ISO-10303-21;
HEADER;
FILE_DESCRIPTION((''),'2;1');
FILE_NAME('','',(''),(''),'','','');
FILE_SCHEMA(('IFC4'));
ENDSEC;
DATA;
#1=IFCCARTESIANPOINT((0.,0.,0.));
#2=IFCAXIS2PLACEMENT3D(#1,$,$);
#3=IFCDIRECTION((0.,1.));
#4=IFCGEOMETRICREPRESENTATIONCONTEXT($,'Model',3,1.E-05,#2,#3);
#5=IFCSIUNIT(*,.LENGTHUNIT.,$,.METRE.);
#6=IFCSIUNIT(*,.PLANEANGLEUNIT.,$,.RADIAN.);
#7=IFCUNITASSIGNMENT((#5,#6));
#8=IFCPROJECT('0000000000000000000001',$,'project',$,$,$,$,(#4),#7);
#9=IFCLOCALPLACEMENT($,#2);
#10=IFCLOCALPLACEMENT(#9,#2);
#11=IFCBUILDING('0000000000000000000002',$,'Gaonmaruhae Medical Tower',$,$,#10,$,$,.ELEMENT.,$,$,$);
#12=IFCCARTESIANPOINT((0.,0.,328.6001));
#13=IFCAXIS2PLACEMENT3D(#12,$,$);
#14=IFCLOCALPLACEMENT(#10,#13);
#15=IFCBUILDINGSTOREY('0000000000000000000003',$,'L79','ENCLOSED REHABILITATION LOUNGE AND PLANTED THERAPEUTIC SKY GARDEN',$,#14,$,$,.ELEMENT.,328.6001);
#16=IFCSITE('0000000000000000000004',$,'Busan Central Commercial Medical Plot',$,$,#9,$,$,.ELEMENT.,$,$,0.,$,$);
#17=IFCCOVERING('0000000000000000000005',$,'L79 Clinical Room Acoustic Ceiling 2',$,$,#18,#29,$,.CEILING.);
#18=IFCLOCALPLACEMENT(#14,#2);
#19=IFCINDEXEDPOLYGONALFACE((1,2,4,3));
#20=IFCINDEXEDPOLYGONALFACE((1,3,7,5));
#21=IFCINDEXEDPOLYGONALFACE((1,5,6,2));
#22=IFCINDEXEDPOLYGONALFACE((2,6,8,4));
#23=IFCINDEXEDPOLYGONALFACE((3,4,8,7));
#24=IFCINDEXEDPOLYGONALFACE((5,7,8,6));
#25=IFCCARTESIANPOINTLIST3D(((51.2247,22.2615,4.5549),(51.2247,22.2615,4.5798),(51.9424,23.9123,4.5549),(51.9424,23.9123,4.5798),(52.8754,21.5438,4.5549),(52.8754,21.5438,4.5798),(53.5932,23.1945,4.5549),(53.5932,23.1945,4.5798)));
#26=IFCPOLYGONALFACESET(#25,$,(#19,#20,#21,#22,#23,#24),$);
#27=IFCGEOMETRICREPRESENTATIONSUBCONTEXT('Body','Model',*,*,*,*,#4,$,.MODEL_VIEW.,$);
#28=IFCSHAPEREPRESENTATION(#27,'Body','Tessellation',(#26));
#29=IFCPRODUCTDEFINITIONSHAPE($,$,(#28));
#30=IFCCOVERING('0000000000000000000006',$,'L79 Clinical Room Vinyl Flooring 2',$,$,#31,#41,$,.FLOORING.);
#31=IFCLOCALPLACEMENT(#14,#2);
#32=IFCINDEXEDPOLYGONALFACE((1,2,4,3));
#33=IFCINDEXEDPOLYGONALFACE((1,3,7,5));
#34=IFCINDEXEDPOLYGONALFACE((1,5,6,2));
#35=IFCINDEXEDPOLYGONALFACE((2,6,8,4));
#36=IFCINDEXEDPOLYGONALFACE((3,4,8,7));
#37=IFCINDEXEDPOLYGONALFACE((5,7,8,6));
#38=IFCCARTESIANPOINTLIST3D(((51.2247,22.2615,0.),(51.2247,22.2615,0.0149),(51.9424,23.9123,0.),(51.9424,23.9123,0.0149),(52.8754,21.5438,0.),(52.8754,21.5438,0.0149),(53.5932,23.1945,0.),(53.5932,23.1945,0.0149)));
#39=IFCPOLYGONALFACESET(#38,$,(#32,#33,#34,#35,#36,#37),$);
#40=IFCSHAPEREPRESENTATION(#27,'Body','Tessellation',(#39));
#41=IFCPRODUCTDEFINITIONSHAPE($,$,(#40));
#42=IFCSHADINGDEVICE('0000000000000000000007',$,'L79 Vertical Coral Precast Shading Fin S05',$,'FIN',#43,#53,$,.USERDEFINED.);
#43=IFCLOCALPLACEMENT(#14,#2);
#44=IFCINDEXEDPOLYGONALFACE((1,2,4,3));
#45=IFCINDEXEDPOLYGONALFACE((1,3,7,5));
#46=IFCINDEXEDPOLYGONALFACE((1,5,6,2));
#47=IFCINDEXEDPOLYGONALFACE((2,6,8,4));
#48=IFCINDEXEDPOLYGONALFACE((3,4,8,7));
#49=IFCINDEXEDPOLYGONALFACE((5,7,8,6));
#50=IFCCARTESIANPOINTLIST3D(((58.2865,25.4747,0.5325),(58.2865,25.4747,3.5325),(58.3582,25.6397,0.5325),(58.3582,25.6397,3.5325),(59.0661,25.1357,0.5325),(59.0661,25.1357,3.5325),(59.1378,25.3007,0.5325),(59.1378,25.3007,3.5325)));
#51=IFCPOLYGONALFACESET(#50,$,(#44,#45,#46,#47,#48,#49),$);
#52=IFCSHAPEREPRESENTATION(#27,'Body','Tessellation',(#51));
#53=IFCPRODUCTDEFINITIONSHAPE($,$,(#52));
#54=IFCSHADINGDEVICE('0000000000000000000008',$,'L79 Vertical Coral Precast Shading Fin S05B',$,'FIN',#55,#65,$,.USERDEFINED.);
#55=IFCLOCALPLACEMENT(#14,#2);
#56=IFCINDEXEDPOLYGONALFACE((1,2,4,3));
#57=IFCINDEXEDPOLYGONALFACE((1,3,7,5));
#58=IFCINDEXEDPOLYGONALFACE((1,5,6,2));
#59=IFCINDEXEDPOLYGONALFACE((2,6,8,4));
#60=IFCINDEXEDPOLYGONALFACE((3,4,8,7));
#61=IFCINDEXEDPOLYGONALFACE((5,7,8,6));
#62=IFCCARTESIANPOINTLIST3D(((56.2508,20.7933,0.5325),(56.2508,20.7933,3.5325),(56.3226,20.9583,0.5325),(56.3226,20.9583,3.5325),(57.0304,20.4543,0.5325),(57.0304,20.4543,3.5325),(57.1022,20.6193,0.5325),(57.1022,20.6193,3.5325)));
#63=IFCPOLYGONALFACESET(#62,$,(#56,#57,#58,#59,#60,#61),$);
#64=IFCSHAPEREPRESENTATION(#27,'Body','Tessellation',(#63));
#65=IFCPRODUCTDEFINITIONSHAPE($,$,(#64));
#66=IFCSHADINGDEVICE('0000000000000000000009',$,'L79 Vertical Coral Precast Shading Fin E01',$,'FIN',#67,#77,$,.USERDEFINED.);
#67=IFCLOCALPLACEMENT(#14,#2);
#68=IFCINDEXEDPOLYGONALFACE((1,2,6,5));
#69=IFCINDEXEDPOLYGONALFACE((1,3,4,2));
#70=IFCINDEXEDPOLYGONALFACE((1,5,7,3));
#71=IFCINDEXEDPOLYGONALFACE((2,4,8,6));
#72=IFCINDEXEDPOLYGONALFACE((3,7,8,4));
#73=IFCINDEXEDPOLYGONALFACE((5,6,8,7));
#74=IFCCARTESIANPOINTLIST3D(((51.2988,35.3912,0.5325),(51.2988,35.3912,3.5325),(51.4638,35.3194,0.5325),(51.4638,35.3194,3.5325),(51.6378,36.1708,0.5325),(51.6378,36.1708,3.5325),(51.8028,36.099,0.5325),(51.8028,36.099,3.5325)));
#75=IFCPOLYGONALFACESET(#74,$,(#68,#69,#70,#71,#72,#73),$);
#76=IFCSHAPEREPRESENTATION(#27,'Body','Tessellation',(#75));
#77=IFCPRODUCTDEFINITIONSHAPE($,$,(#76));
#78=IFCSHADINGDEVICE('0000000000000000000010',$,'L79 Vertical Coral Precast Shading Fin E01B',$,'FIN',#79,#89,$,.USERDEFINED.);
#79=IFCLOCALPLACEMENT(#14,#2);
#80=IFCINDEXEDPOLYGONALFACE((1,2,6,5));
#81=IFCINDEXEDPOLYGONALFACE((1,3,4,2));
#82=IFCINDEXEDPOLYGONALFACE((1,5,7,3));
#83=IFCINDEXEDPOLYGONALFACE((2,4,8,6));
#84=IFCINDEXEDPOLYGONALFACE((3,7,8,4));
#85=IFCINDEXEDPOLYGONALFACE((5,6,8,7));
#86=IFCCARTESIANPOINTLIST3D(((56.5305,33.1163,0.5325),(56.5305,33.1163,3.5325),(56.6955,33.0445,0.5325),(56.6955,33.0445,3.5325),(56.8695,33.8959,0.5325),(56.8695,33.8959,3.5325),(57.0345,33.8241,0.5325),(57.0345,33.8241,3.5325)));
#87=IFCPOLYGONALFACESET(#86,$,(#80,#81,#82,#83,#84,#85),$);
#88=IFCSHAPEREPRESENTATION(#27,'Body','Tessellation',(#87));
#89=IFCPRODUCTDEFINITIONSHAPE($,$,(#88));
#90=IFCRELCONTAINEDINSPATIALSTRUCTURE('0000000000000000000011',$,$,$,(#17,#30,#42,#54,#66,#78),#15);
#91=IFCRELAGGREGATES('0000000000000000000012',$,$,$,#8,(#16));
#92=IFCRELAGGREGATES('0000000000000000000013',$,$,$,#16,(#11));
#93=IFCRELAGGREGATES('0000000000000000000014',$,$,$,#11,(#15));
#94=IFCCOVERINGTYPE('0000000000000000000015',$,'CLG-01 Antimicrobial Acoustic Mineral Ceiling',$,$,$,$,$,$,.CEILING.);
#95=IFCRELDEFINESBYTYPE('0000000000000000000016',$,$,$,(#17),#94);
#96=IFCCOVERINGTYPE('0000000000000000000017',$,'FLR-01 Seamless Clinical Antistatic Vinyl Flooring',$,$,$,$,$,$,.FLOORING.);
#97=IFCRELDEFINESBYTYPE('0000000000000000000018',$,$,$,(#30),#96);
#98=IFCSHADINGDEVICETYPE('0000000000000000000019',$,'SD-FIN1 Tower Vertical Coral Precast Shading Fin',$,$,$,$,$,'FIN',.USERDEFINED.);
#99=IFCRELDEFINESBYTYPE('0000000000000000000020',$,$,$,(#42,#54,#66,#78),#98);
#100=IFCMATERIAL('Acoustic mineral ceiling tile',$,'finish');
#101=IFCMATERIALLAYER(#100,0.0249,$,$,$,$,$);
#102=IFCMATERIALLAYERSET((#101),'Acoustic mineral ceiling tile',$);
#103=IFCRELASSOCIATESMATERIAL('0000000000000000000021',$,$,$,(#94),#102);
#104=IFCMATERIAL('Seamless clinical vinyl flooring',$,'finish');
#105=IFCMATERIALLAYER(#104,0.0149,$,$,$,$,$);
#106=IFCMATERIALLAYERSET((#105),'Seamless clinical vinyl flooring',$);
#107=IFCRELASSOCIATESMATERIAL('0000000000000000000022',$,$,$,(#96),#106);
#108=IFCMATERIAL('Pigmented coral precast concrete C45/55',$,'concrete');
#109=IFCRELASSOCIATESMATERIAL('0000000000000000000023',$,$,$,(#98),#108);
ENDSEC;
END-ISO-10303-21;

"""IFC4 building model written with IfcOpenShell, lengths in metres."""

from ifc_helpers import new_model, si_unit, direction, frame, origin, origin_2d, place, context, subcontext, project, spatial, rectangle, extrude, material, layer, layer_set, type_object, element, save


model = new_model("IFC4")

# Units and contexts
model_context = context("Model", 3, precision=1e-05, world=origin(), true_north=direction((0.0, 1.0)))
body_context = subcontext(model_context, "Body", "Model", "MODEL_VIEW")
ifc_project = project(units=[si_unit("LENGTHUNIT", "METRE"), si_unit("PLANEANGLEUNIT", "RADIAN")], contexts=[model_context])

# Site, building, storey
site_placement = place(None, origin())
site = spatial("IfcSite", under=ifc_project, at=site_placement, Name="Busan Central Commercial Medical Plot", CompositionType="ELEMENT", RefElevation=0.0)
building_placement = place(site_placement, origin())
building = spatial("IfcBuilding", under=site, at=building_placement, Name="Gaonmaruhae Medical Tower", CompositionType="ELEMENT")
storey_placement = place(building_placement, frame((0.0, 0.0, 328.6001)))
storey = spatial("IfcBuildingStorey", under=building, at=storey_placement, Name="L79", Description="ENCLOSED REHABILITATION LOUNGE AND PLANTED THERAPEUTIC SKY GARDEN", CompositionType="ELEMENT", Elevation=328.6001)

# Coverings
ifc_material_1 = material(Name="Acoustic mineral ceiling tile", Category="finish")
ifc_layer_1 = layer(ifc_material_1, 0.0249)
ifc_layer_set_1 = layer_set([ifc_layer_1], Name="Acoustic mineral ceiling tile")
covering_type_1 = type_object("IfcCoveringType", Name="CLG-01 Antimicrobial Acoustic Mineral Ceiling", PredefinedType="CEILING", material=ifc_layer_set_1)
covering_1_placement = place(storey_placement, frame((52.4089, 22.728, 4.5549), z_axis=(0.0, 0.0, 1.0), x_axis=(0.398749, 0.91706, 0.0)))
element("IfcCovering", 1, at=covering_1_placement, inside=storey, type_object=covering_type_1, Name="L79 Clinical Room Acoustic Ceiling 2", PredefinedType="CEILING", context=body_context, shape_type="SweptSolid", body=[
    extrude(rectangle(XDim=1.8, YDim=1.8, at=origin_2d()), origin(), (0.0, 0.0, 1.0), 0.0249),
])
ifc_material_2 = material(Name="Seamless clinical vinyl flooring", Category="finish")
ifc_layer_2 = layer(ifc_material_2, 0.0149)
ifc_layer_set_2 = layer_set([ifc_layer_2], Name="Seamless clinical vinyl flooring")
covering_type_2 = type_object("IfcCoveringType", Name="FLR-01 Seamless Clinical Antistatic Vinyl Flooring", PredefinedType="FLOORING", material=ifc_layer_set_2)
covering_2_placement = place(storey_placement, frame((52.4089, 22.728, 0.0), z_axis=(0.0, 0.0, 1.0), x_axis=(0.398749, 0.91706, 0.0)))
element("IfcCovering", 2, at=covering_2_placement, inside=storey, type_object=covering_type_2, Name="L79 Clinical Room Vinyl Flooring 2", PredefinedType="FLOORING", context=body_context, shape_type="SweptSolid", body=[
    extrude(rectangle(XDim=1.8, YDim=1.8, at=origin_2d()), origin(), (0.0, 0.0, 1.0), 0.0149),
])

# Shading devices
ifc_material_3 = material(Name="Pigmented coral precast concrete C45/55", Category="concrete")
shading_device_type = type_object("IfcShadingDeviceType", Name="SD-FIN1 Tower Vertical Coral Precast Shading Fin", ElementType="FIN", PredefinedType="USERDEFINED", material=ifc_material_3)
for number, where, z_axis, x_axis, name in (
    (3, (58.7122, 25.3877, 0.5325), (0.0, 0.0, 1.0), (-0.398749, -0.91706, 0.0), "L79 Vertical Coral Precast Shading Fin S05"),
    (4, (56.6765, 20.7063, 0.5325), (0.0, 0.0, 1.0), (-0.398749, -0.91706, 0.0), "L79 Vertical Coral Precast Shading Fin S05B"),
    (5, (51.5508, 35.7451, 0.5325), (0.0, 0.0, 1.0), (0.91706, -0.398749, 0.0), "L79 Vertical Coral Precast Shading Fin E01"),
    (6, (56.7825, 33.4702, 0.5325), (0.0, 0.0, 1.0), (0.91706, -0.398749, 0.0), "L79 Vertical Coral Precast Shading Fin E01B"),
):
    element("IfcShadingDevice", number, at=place(storey_placement, frame(where, z_axis=z_axis, x_axis=x_axis)), inside=storey, type_object=shading_device_type, Name=name, ObjectType="FIN", PredefinedType="USERDEFINED", context=body_context, shape_type="SweptSolid", body=[
        extrude(rectangle(XDim=0.1799, YDim=0.8501, at=origin_2d()), origin(), (0.0, 0.0, 1.0), 3.0),
    ])

save(model, "model.ifc")
